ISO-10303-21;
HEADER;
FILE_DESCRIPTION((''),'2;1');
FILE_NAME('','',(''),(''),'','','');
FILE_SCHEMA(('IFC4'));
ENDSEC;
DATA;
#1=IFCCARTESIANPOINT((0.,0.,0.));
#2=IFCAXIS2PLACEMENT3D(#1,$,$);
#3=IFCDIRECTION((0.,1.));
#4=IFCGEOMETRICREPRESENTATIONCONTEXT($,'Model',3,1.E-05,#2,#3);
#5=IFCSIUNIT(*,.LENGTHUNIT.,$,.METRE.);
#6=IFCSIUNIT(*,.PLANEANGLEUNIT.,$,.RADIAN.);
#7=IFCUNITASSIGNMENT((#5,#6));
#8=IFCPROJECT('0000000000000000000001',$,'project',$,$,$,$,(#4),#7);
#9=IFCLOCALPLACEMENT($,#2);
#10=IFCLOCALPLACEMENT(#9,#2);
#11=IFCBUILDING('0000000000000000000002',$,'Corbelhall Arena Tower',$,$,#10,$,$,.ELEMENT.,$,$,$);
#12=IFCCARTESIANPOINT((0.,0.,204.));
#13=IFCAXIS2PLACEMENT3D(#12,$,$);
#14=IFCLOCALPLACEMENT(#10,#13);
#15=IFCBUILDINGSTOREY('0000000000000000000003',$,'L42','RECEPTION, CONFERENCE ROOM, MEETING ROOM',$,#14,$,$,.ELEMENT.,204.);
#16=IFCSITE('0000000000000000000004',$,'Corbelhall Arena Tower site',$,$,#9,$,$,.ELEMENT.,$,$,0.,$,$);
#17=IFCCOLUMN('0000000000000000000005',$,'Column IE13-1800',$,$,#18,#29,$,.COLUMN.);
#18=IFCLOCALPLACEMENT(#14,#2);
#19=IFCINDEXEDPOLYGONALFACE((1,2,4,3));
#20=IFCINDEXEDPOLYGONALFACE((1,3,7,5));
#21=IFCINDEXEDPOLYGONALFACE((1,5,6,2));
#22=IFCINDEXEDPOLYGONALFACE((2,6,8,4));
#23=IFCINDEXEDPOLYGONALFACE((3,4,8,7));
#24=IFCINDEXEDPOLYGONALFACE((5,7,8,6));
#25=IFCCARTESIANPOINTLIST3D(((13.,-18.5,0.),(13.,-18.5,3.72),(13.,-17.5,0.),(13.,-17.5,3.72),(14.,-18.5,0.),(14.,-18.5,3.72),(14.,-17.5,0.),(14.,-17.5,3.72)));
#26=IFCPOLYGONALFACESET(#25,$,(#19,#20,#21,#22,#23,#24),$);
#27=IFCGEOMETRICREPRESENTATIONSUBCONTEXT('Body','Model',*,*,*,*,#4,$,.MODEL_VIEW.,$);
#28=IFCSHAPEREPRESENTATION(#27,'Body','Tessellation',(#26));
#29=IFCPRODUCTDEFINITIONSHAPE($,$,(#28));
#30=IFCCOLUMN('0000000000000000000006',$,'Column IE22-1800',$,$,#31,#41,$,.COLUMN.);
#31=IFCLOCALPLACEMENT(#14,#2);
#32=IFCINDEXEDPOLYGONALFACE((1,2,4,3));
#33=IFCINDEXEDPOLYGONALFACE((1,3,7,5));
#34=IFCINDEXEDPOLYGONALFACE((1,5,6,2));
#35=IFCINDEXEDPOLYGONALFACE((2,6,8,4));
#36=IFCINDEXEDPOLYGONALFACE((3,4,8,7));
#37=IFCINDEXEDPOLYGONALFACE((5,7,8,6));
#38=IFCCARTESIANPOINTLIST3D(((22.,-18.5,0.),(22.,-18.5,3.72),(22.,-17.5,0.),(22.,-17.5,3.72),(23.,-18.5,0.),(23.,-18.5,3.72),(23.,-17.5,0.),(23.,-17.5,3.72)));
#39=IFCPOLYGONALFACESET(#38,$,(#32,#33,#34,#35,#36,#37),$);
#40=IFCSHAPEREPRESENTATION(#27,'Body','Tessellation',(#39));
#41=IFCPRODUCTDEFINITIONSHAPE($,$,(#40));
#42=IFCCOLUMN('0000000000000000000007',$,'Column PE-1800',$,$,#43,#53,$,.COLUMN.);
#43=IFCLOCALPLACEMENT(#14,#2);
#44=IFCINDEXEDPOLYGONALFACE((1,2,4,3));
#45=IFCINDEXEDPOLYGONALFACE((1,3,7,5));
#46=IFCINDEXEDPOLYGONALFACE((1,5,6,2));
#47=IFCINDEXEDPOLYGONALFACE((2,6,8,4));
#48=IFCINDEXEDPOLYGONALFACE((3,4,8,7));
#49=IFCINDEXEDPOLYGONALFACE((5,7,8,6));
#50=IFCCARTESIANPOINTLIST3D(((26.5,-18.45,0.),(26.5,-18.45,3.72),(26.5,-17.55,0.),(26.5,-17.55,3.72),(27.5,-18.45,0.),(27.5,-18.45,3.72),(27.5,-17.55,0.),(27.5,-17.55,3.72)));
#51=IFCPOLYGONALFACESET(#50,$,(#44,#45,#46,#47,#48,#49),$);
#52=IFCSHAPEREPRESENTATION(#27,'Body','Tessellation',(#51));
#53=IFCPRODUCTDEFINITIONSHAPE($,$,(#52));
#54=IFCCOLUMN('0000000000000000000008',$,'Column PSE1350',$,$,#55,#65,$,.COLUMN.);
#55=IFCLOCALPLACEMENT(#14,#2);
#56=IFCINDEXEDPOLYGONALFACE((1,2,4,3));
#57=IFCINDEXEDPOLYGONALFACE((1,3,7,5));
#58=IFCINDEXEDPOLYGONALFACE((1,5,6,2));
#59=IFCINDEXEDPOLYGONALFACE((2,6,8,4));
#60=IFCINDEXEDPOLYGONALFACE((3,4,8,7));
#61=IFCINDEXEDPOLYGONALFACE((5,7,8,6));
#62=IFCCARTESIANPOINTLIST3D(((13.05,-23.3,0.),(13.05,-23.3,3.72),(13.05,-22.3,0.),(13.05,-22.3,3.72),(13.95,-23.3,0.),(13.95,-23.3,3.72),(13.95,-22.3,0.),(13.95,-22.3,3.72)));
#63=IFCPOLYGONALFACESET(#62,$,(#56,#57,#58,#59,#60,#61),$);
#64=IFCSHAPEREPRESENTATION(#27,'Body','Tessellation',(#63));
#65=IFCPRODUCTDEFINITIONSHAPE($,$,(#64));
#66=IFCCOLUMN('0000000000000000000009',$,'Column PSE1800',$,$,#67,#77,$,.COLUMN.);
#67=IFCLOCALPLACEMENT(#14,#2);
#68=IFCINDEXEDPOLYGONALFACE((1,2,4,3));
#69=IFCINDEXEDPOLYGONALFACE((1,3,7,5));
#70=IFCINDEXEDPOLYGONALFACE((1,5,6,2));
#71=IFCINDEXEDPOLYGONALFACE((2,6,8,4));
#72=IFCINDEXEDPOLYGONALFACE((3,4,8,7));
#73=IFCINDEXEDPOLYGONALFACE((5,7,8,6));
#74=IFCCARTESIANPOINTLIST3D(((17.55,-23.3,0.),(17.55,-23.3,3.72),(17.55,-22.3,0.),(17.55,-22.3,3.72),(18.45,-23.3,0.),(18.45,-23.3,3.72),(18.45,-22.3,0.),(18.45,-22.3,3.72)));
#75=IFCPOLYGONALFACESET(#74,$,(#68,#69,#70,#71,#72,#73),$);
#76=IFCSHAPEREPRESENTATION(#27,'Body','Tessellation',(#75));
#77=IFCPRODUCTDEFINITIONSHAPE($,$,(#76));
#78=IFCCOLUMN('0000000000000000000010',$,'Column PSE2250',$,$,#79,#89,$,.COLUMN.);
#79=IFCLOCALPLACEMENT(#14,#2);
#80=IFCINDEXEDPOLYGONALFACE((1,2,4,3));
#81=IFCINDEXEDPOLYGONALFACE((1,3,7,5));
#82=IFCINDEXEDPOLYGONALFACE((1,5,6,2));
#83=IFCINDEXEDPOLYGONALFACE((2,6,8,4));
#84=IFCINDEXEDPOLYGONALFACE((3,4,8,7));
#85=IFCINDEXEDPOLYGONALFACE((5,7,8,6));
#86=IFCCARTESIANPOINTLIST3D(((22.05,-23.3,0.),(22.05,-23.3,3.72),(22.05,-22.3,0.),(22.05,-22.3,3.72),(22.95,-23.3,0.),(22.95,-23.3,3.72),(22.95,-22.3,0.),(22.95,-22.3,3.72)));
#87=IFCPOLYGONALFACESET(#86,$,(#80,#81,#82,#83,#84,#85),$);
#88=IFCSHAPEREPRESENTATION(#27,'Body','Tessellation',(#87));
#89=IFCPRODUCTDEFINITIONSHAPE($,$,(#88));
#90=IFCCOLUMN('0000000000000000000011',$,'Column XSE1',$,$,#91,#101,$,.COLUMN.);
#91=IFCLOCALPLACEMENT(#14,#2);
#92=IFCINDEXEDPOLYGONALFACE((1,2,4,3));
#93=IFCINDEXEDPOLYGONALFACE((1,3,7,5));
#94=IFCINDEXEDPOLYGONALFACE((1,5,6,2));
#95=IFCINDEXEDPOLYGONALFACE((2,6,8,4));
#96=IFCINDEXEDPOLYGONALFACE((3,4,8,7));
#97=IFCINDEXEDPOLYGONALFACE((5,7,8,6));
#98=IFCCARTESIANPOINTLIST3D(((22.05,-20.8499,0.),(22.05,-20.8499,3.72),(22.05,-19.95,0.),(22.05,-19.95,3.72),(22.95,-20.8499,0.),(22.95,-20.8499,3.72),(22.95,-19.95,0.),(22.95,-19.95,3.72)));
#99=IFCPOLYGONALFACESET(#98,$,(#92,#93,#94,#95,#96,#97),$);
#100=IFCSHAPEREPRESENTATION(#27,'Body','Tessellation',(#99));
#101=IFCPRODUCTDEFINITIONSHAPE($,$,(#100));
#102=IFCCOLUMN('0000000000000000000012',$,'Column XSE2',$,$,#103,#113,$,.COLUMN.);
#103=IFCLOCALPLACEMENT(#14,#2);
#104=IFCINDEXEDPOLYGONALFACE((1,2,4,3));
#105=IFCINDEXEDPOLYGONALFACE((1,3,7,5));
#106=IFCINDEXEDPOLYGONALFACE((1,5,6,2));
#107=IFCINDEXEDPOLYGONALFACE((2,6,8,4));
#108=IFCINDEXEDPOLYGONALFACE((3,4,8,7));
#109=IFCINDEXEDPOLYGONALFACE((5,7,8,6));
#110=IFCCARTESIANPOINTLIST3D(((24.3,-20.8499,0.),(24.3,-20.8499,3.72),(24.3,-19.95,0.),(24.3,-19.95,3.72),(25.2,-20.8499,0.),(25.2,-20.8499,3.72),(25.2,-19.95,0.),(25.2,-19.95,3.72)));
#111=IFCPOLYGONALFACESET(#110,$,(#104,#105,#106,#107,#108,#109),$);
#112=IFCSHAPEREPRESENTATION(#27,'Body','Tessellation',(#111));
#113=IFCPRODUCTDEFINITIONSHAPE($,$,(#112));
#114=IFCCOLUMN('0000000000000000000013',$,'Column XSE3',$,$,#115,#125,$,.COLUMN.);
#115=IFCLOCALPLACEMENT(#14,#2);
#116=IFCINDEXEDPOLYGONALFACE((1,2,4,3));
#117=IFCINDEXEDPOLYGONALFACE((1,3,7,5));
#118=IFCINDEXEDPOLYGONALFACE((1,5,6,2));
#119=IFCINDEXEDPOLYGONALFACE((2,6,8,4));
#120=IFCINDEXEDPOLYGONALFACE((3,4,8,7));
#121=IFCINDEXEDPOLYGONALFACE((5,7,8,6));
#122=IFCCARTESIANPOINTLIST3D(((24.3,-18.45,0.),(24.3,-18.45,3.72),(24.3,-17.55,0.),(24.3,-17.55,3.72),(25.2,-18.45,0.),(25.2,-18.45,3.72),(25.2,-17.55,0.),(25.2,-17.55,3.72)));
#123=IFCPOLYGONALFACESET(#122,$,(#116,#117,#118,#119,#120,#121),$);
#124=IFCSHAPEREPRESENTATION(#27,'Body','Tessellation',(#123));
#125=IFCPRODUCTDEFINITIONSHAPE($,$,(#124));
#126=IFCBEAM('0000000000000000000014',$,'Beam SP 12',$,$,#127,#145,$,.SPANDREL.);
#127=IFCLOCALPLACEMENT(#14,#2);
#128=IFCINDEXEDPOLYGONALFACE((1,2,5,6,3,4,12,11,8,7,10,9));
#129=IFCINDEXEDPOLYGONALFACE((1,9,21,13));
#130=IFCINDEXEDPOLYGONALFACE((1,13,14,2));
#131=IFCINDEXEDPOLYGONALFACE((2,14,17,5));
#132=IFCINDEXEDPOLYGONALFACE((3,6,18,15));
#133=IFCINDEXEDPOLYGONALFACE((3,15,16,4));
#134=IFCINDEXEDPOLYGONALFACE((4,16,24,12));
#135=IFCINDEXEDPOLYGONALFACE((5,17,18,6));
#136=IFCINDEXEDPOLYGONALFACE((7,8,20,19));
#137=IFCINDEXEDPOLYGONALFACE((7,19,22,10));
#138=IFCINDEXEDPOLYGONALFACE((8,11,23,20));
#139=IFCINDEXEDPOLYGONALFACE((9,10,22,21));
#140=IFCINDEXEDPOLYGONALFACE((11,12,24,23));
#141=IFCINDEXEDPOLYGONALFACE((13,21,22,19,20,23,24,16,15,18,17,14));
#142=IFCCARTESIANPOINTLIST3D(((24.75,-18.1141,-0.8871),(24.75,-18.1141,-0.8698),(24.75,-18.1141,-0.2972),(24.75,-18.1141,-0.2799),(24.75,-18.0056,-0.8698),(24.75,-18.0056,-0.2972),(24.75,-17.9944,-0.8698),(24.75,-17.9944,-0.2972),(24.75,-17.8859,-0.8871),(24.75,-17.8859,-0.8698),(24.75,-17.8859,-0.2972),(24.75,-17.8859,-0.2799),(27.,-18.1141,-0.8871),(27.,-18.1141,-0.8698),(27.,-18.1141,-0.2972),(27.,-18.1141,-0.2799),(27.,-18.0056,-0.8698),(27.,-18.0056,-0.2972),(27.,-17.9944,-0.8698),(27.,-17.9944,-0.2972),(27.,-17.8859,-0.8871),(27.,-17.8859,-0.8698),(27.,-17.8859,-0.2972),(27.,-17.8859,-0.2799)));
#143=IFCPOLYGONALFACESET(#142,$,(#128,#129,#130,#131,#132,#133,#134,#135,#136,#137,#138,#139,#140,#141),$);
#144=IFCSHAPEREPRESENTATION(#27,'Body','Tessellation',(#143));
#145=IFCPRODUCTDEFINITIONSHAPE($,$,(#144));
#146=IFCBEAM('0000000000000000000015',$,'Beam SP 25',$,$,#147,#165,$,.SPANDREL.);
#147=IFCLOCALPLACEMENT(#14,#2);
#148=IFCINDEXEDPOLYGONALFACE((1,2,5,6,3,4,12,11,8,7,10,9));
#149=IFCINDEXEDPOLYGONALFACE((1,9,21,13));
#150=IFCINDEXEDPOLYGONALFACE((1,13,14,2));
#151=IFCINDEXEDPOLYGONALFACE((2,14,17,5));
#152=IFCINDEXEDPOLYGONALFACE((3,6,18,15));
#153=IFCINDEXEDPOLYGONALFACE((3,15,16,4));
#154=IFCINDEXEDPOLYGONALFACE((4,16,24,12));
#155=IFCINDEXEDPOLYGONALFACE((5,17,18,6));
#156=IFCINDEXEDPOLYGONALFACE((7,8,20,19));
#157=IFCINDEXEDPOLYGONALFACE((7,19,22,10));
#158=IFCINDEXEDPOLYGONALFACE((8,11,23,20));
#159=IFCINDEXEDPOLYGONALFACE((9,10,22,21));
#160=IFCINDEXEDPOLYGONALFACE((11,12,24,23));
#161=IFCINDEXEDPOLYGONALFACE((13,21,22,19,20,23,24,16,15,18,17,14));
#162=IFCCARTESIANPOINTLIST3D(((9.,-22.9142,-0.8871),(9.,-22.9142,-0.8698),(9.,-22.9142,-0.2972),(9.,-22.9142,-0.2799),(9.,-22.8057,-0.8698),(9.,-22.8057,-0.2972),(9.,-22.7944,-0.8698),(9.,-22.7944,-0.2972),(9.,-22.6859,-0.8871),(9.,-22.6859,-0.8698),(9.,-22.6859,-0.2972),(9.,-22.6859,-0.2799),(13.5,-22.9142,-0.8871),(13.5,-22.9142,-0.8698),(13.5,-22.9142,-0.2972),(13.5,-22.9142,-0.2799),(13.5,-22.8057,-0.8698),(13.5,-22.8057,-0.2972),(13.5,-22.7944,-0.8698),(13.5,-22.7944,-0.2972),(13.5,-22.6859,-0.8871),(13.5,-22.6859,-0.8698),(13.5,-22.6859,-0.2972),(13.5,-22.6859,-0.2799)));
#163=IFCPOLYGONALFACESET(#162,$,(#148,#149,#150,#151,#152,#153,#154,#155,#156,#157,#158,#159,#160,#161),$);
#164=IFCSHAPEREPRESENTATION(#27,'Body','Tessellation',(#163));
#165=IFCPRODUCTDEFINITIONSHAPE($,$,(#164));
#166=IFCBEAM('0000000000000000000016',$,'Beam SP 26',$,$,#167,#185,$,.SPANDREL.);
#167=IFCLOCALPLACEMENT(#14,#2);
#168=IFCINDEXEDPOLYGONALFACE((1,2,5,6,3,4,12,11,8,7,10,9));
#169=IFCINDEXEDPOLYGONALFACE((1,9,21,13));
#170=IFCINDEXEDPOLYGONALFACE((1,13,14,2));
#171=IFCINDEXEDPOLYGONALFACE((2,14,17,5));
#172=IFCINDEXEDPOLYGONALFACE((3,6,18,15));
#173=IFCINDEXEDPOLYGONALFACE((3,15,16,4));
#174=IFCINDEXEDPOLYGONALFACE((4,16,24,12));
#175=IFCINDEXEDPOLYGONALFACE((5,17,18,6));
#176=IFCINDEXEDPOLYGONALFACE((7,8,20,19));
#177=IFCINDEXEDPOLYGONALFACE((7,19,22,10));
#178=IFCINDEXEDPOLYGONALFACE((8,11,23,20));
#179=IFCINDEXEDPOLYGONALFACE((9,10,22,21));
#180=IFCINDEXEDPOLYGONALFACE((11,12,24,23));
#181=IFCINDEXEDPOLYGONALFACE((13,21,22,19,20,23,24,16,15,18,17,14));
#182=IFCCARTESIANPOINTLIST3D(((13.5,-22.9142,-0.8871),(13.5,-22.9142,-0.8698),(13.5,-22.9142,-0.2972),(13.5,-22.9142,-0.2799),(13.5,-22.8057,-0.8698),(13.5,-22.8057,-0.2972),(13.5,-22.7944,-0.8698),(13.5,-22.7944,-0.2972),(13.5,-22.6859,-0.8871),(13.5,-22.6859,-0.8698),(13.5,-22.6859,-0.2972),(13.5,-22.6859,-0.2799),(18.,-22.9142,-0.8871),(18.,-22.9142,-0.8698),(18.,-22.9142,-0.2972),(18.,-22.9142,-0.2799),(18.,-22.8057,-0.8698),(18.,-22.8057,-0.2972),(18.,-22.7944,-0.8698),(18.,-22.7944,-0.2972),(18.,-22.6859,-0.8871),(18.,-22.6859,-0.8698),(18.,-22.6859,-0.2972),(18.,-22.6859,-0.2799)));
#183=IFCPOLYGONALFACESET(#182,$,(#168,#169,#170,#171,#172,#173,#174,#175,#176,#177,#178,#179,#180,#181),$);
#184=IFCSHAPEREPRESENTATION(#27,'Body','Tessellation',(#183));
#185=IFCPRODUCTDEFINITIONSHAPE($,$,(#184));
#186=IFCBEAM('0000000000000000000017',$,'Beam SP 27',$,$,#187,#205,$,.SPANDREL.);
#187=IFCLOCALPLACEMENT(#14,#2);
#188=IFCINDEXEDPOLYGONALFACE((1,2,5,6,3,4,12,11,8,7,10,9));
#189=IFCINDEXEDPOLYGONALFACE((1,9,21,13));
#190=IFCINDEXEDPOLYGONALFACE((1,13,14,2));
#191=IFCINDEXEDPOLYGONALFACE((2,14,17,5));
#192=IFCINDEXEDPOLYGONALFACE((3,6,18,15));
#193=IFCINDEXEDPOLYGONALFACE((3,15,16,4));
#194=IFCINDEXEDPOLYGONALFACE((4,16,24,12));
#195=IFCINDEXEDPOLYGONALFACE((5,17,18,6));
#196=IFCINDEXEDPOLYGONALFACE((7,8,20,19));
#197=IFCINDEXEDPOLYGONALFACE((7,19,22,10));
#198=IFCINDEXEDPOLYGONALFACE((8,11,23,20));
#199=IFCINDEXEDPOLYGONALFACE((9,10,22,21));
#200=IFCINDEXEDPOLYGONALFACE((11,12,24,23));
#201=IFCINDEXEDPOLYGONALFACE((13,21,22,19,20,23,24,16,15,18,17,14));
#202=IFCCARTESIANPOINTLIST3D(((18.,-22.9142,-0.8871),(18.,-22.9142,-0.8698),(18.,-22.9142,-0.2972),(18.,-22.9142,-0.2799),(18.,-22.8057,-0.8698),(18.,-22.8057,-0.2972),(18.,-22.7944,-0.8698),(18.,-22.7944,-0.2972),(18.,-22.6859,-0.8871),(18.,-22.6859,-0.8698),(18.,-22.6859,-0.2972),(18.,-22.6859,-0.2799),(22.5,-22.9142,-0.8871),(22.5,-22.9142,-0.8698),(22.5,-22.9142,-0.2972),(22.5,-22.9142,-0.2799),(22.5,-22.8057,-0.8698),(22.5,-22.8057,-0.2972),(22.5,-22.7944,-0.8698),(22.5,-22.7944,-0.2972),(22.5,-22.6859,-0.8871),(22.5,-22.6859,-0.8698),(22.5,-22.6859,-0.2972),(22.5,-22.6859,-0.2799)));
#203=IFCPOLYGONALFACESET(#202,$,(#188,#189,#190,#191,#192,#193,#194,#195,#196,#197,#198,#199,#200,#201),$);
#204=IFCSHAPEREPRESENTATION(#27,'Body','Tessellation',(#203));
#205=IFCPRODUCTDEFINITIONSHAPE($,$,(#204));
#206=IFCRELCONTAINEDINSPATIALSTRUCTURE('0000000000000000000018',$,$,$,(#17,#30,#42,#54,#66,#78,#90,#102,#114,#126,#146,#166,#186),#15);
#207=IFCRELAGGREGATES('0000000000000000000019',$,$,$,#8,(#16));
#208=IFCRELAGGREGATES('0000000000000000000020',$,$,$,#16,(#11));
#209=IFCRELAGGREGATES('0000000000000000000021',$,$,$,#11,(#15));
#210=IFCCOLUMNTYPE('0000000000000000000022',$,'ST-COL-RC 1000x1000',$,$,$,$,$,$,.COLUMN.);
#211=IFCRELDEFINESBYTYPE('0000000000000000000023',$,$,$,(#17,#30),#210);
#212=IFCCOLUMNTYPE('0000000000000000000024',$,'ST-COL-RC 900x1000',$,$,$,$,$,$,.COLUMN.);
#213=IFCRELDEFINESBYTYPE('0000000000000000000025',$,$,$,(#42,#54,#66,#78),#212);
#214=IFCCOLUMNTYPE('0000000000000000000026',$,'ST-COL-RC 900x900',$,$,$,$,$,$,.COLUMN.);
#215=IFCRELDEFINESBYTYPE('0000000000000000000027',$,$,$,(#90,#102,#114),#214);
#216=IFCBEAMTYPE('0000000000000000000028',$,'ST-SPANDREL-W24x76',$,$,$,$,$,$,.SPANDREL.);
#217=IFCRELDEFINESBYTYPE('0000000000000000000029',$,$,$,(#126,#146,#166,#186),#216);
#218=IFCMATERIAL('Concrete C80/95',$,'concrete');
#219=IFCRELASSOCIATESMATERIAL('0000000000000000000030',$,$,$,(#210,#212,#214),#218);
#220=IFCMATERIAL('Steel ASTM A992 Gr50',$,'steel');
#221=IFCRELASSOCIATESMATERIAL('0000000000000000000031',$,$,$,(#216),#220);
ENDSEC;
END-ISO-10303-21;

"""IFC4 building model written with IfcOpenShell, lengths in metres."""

from ifc_helpers import new_model, si_unit, direction, frame, origin, origin_2d, place, context, subcontext, project, spatial, rectangle, i_section, extrude, material, material_profile, profile_set, type_object, element, save


model = new_model("IFC4")

# Units and contexts
model_context = context("Model", 3, precision=1e-05, world=origin(), true_north=direction((0.0, 1.0)))
body_context = subcontext(model_context, "Body", "Model", "MODEL_VIEW")
ifc_project = project(units=[si_unit("LENGTHUNIT", "METRE"), si_unit("PLANEANGLEUNIT", "RADIAN")], contexts=[model_context])

# Site, building, storey
site_placement = place(None, origin())
site = spatial("IfcSite", under=ifc_project, at=site_placement, Name="Corbelhall Arena Tower site", CompositionType="ELEMENT", RefElevation=0.0)
building_placement = place(site_placement, origin())
building = spatial("IfcBuilding", under=site, at=building_placement, Name="Corbelhall Arena Tower", CompositionType="ELEMENT")
storey_placement = place(building_placement, frame((0.0, 0.0, 204.0)))
storey = spatial("IfcBuildingStorey", under=building, at=storey_placement, Name="L42", Description="RECEPTION, CONFERENCE ROOM, MEETING ROOM", CompositionType="ELEMENT", Elevation=204.0)

# Columns
ifc_material_1 = material(Name="Concrete C80/95", Category="concrete")
ifc_material_profile_1 = material_profile(ifc_material_1, rectangle(XDim=1.0, YDim=1.0, at=origin_2d()))
ifc_profile_set_1 = profile_set([ifc_material_profile_1], Name="Concrete C80/95")
column_type_1 = type_object("IfcColumnType", Name="ST-COL-RC 1000x1000", PredefinedType="COLUMN", material=ifc_profile_set_1)
for number, where, z_axis, x_axis, name in (
    (1, (13.5, -18.0, 0.0), (0.0, 0.0, 1.0), (1.0, 0.0, 0.0), "Column IE13-1800"),
    (2, (22.5, -18.0, 0.0), (0.0, 0.0, 1.0), (1.0, 0.0, 0.0), "Column IE22-1800"),
):
    element("IfcColumn", number, at=place(storey_placement, frame(where, z_axis=z_axis, x_axis=x_axis)), inside=storey, type_object=column_type_1, Name=name, PredefinedType="COLUMN", context=body_context, shape_type="SweptSolid", body=[
        extrude(rectangle(XDim=1.0, YDim=1.0, at=origin_2d()), origin(), (0.0, 0.0, 1.0), 3.72),
    ])
ifc_material_profile_2 = material_profile(ifc_material_1, rectangle(XDim=0.8999, YDim=1.0, at=origin_2d()))
ifc_profile_set_2 = profile_set([ifc_material_profile_2], Name="Concrete C80/95")
column_type_2 = type_object("IfcColumnType", Name="ST-COL-RC 900x1000", PredefinedType="COLUMN", material=ifc_profile_set_2)
for number, where, z_axis, x_axis, name in (
    (3, (27.0, -18.0, 0.0), (0.0, 0.0, 1.0), (0.0, 1.0, 0.0), "Column PE-1800"),
    (4, (13.5, -22.8, 0.0), (0.0, 0.0, 1.0), (1.0, 0.0, 0.0), "Column PSE1350"),
    (5, (18.0, -22.8, 0.0), (0.0, 0.0, 1.0), (1.0, 0.0, 0.0), "Column PSE1800"),
    (6, (22.5, -22.8, 0.0), (0.0, 0.0, 1.0), (1.0, 0.0, 0.0), "Column PSE2250"),
):
    element("IfcColumn", number, at=place(storey_placement, frame(where, z_axis=z_axis, x_axis=x_axis)), inside=storey, type_object=column_type_2, Name=name, PredefinedType="COLUMN", context=body_context, shape_type="SweptSolid", body=[
        extrude(rectangle(XDim=0.8999, YDim=1.0, at=origin_2d()), origin(), (0.0, 0.0, 1.0), 3.72),
    ])
ifc_material_profile_3 = material_profile(ifc_material_1, rectangle(XDim=0.8999, YDim=0.8999, at=origin_2d()))
ifc_profile_set_3 = profile_set([ifc_material_profile_3], Name="Concrete C80/95")
column_type_3 = type_object("IfcColumnType", Name="ST-COL-RC 900x900", PredefinedType="COLUMN", material=ifc_profile_set_3)
for number, where, z_axis, x_axis, name in (
    (7, (22.5, -20.3999, 0.0), (0.0, 0.0, 1.0), (1.0, 0.0, 0.0), "Column XSE1"),
    (8, (24.75, -20.3999, 0.0), (0.0, 0.0, 1.0), (1.0, 0.0, 0.0), "Column XSE2"),
    (9, (24.75, -18.0, 0.0), (0.0, 0.0, 1.0), (1.0, 0.0, 0.0), "Column XSE3"),
):
    element("IfcColumn", number, at=place(storey_placement, frame(where, z_axis=z_axis, x_axis=x_axis)), inside=storey, type_object=column_type_3, Name=name, PredefinedType="COLUMN", context=body_context, shape_type="SweptSolid", body=[
        extrude(rectangle(XDim=0.8999, YDim=0.8999, at=origin_2d()), origin(), (0.0, 0.0, 1.0), 3.72),
    ])

# Beams
ifc_material_2 = material(Name="Steel ASTM A992 Gr50", Category="steel")
ifc_material_profile_4 = material_profile(ifc_material_2, i_section(OverallWidth=0.2283, OverallDepth=0.6072, WebThickness=0.0112, FlangeThickness=0.0173, at=origin_2d()))
ifc_profile_set_4 = profile_set([ifc_material_profile_4], Name="Steel ASTM A992 Gr50")
beam_type = type_object("IfcBeamType", Name="ST-SPANDREL-W24x76", PredefinedType="SPANDREL", material=ifc_profile_set_4)
beam_1_placement = place(storey_placement, frame((27.0, -18.0, -0.5835), z_axis=(-1.0, 0.0, 0.0), x_axis=(0.0, -1.0, 0.0)))
element("IfcBeam", 10, at=beam_1_placement, inside=storey, type_object=beam_type, Name="Beam SP 12", PredefinedType="SPANDREL", context=body_context, shape_type="SweptSolid", body=[
    extrude(i_section(OverallWidth=0.2283, OverallDepth=0.6072, WebThickness=0.0112, FlangeThickness=0.0173, at=origin_2d()), origin(), (0.0, 0.0, 1.0), 2.25),
])
for number, where, z_axis, x_axis, name in (
    (11, (13.5, -22.8, -0.5835), (-1.0, 0.0, 0.0), (0.0, -1.0, 0.0), "Beam SP 25"),
    (12, (18.0, -22.8, -0.5835), (-1.0, 0.0, 0.0), (0.0, -1.0, 0.0), "Beam SP 26"),
    (13, (22.5, -22.8, -0.5835), (-1.0, 0.0, 0.0), (0.0, -1.0, 0.0), "Beam SP 27"),
):
    element("IfcBeam", number, at=place(storey_placement, frame(where, z_axis=z_axis, x_axis=x_axis)), inside=storey, type_object=beam_type, Name=name, PredefinedType="SPANDREL", context=body_context, shape_type="SweptSolid", body=[
        extrude(i_section(OverallWidth=0.2283, OverallDepth=0.6072, WebThickness=0.0112, FlangeThickness=0.0173, at=origin_2d()), origin(), (0.0, 0.0, 1.0), 4.5),
    ])

save(model, "model.ifc")
